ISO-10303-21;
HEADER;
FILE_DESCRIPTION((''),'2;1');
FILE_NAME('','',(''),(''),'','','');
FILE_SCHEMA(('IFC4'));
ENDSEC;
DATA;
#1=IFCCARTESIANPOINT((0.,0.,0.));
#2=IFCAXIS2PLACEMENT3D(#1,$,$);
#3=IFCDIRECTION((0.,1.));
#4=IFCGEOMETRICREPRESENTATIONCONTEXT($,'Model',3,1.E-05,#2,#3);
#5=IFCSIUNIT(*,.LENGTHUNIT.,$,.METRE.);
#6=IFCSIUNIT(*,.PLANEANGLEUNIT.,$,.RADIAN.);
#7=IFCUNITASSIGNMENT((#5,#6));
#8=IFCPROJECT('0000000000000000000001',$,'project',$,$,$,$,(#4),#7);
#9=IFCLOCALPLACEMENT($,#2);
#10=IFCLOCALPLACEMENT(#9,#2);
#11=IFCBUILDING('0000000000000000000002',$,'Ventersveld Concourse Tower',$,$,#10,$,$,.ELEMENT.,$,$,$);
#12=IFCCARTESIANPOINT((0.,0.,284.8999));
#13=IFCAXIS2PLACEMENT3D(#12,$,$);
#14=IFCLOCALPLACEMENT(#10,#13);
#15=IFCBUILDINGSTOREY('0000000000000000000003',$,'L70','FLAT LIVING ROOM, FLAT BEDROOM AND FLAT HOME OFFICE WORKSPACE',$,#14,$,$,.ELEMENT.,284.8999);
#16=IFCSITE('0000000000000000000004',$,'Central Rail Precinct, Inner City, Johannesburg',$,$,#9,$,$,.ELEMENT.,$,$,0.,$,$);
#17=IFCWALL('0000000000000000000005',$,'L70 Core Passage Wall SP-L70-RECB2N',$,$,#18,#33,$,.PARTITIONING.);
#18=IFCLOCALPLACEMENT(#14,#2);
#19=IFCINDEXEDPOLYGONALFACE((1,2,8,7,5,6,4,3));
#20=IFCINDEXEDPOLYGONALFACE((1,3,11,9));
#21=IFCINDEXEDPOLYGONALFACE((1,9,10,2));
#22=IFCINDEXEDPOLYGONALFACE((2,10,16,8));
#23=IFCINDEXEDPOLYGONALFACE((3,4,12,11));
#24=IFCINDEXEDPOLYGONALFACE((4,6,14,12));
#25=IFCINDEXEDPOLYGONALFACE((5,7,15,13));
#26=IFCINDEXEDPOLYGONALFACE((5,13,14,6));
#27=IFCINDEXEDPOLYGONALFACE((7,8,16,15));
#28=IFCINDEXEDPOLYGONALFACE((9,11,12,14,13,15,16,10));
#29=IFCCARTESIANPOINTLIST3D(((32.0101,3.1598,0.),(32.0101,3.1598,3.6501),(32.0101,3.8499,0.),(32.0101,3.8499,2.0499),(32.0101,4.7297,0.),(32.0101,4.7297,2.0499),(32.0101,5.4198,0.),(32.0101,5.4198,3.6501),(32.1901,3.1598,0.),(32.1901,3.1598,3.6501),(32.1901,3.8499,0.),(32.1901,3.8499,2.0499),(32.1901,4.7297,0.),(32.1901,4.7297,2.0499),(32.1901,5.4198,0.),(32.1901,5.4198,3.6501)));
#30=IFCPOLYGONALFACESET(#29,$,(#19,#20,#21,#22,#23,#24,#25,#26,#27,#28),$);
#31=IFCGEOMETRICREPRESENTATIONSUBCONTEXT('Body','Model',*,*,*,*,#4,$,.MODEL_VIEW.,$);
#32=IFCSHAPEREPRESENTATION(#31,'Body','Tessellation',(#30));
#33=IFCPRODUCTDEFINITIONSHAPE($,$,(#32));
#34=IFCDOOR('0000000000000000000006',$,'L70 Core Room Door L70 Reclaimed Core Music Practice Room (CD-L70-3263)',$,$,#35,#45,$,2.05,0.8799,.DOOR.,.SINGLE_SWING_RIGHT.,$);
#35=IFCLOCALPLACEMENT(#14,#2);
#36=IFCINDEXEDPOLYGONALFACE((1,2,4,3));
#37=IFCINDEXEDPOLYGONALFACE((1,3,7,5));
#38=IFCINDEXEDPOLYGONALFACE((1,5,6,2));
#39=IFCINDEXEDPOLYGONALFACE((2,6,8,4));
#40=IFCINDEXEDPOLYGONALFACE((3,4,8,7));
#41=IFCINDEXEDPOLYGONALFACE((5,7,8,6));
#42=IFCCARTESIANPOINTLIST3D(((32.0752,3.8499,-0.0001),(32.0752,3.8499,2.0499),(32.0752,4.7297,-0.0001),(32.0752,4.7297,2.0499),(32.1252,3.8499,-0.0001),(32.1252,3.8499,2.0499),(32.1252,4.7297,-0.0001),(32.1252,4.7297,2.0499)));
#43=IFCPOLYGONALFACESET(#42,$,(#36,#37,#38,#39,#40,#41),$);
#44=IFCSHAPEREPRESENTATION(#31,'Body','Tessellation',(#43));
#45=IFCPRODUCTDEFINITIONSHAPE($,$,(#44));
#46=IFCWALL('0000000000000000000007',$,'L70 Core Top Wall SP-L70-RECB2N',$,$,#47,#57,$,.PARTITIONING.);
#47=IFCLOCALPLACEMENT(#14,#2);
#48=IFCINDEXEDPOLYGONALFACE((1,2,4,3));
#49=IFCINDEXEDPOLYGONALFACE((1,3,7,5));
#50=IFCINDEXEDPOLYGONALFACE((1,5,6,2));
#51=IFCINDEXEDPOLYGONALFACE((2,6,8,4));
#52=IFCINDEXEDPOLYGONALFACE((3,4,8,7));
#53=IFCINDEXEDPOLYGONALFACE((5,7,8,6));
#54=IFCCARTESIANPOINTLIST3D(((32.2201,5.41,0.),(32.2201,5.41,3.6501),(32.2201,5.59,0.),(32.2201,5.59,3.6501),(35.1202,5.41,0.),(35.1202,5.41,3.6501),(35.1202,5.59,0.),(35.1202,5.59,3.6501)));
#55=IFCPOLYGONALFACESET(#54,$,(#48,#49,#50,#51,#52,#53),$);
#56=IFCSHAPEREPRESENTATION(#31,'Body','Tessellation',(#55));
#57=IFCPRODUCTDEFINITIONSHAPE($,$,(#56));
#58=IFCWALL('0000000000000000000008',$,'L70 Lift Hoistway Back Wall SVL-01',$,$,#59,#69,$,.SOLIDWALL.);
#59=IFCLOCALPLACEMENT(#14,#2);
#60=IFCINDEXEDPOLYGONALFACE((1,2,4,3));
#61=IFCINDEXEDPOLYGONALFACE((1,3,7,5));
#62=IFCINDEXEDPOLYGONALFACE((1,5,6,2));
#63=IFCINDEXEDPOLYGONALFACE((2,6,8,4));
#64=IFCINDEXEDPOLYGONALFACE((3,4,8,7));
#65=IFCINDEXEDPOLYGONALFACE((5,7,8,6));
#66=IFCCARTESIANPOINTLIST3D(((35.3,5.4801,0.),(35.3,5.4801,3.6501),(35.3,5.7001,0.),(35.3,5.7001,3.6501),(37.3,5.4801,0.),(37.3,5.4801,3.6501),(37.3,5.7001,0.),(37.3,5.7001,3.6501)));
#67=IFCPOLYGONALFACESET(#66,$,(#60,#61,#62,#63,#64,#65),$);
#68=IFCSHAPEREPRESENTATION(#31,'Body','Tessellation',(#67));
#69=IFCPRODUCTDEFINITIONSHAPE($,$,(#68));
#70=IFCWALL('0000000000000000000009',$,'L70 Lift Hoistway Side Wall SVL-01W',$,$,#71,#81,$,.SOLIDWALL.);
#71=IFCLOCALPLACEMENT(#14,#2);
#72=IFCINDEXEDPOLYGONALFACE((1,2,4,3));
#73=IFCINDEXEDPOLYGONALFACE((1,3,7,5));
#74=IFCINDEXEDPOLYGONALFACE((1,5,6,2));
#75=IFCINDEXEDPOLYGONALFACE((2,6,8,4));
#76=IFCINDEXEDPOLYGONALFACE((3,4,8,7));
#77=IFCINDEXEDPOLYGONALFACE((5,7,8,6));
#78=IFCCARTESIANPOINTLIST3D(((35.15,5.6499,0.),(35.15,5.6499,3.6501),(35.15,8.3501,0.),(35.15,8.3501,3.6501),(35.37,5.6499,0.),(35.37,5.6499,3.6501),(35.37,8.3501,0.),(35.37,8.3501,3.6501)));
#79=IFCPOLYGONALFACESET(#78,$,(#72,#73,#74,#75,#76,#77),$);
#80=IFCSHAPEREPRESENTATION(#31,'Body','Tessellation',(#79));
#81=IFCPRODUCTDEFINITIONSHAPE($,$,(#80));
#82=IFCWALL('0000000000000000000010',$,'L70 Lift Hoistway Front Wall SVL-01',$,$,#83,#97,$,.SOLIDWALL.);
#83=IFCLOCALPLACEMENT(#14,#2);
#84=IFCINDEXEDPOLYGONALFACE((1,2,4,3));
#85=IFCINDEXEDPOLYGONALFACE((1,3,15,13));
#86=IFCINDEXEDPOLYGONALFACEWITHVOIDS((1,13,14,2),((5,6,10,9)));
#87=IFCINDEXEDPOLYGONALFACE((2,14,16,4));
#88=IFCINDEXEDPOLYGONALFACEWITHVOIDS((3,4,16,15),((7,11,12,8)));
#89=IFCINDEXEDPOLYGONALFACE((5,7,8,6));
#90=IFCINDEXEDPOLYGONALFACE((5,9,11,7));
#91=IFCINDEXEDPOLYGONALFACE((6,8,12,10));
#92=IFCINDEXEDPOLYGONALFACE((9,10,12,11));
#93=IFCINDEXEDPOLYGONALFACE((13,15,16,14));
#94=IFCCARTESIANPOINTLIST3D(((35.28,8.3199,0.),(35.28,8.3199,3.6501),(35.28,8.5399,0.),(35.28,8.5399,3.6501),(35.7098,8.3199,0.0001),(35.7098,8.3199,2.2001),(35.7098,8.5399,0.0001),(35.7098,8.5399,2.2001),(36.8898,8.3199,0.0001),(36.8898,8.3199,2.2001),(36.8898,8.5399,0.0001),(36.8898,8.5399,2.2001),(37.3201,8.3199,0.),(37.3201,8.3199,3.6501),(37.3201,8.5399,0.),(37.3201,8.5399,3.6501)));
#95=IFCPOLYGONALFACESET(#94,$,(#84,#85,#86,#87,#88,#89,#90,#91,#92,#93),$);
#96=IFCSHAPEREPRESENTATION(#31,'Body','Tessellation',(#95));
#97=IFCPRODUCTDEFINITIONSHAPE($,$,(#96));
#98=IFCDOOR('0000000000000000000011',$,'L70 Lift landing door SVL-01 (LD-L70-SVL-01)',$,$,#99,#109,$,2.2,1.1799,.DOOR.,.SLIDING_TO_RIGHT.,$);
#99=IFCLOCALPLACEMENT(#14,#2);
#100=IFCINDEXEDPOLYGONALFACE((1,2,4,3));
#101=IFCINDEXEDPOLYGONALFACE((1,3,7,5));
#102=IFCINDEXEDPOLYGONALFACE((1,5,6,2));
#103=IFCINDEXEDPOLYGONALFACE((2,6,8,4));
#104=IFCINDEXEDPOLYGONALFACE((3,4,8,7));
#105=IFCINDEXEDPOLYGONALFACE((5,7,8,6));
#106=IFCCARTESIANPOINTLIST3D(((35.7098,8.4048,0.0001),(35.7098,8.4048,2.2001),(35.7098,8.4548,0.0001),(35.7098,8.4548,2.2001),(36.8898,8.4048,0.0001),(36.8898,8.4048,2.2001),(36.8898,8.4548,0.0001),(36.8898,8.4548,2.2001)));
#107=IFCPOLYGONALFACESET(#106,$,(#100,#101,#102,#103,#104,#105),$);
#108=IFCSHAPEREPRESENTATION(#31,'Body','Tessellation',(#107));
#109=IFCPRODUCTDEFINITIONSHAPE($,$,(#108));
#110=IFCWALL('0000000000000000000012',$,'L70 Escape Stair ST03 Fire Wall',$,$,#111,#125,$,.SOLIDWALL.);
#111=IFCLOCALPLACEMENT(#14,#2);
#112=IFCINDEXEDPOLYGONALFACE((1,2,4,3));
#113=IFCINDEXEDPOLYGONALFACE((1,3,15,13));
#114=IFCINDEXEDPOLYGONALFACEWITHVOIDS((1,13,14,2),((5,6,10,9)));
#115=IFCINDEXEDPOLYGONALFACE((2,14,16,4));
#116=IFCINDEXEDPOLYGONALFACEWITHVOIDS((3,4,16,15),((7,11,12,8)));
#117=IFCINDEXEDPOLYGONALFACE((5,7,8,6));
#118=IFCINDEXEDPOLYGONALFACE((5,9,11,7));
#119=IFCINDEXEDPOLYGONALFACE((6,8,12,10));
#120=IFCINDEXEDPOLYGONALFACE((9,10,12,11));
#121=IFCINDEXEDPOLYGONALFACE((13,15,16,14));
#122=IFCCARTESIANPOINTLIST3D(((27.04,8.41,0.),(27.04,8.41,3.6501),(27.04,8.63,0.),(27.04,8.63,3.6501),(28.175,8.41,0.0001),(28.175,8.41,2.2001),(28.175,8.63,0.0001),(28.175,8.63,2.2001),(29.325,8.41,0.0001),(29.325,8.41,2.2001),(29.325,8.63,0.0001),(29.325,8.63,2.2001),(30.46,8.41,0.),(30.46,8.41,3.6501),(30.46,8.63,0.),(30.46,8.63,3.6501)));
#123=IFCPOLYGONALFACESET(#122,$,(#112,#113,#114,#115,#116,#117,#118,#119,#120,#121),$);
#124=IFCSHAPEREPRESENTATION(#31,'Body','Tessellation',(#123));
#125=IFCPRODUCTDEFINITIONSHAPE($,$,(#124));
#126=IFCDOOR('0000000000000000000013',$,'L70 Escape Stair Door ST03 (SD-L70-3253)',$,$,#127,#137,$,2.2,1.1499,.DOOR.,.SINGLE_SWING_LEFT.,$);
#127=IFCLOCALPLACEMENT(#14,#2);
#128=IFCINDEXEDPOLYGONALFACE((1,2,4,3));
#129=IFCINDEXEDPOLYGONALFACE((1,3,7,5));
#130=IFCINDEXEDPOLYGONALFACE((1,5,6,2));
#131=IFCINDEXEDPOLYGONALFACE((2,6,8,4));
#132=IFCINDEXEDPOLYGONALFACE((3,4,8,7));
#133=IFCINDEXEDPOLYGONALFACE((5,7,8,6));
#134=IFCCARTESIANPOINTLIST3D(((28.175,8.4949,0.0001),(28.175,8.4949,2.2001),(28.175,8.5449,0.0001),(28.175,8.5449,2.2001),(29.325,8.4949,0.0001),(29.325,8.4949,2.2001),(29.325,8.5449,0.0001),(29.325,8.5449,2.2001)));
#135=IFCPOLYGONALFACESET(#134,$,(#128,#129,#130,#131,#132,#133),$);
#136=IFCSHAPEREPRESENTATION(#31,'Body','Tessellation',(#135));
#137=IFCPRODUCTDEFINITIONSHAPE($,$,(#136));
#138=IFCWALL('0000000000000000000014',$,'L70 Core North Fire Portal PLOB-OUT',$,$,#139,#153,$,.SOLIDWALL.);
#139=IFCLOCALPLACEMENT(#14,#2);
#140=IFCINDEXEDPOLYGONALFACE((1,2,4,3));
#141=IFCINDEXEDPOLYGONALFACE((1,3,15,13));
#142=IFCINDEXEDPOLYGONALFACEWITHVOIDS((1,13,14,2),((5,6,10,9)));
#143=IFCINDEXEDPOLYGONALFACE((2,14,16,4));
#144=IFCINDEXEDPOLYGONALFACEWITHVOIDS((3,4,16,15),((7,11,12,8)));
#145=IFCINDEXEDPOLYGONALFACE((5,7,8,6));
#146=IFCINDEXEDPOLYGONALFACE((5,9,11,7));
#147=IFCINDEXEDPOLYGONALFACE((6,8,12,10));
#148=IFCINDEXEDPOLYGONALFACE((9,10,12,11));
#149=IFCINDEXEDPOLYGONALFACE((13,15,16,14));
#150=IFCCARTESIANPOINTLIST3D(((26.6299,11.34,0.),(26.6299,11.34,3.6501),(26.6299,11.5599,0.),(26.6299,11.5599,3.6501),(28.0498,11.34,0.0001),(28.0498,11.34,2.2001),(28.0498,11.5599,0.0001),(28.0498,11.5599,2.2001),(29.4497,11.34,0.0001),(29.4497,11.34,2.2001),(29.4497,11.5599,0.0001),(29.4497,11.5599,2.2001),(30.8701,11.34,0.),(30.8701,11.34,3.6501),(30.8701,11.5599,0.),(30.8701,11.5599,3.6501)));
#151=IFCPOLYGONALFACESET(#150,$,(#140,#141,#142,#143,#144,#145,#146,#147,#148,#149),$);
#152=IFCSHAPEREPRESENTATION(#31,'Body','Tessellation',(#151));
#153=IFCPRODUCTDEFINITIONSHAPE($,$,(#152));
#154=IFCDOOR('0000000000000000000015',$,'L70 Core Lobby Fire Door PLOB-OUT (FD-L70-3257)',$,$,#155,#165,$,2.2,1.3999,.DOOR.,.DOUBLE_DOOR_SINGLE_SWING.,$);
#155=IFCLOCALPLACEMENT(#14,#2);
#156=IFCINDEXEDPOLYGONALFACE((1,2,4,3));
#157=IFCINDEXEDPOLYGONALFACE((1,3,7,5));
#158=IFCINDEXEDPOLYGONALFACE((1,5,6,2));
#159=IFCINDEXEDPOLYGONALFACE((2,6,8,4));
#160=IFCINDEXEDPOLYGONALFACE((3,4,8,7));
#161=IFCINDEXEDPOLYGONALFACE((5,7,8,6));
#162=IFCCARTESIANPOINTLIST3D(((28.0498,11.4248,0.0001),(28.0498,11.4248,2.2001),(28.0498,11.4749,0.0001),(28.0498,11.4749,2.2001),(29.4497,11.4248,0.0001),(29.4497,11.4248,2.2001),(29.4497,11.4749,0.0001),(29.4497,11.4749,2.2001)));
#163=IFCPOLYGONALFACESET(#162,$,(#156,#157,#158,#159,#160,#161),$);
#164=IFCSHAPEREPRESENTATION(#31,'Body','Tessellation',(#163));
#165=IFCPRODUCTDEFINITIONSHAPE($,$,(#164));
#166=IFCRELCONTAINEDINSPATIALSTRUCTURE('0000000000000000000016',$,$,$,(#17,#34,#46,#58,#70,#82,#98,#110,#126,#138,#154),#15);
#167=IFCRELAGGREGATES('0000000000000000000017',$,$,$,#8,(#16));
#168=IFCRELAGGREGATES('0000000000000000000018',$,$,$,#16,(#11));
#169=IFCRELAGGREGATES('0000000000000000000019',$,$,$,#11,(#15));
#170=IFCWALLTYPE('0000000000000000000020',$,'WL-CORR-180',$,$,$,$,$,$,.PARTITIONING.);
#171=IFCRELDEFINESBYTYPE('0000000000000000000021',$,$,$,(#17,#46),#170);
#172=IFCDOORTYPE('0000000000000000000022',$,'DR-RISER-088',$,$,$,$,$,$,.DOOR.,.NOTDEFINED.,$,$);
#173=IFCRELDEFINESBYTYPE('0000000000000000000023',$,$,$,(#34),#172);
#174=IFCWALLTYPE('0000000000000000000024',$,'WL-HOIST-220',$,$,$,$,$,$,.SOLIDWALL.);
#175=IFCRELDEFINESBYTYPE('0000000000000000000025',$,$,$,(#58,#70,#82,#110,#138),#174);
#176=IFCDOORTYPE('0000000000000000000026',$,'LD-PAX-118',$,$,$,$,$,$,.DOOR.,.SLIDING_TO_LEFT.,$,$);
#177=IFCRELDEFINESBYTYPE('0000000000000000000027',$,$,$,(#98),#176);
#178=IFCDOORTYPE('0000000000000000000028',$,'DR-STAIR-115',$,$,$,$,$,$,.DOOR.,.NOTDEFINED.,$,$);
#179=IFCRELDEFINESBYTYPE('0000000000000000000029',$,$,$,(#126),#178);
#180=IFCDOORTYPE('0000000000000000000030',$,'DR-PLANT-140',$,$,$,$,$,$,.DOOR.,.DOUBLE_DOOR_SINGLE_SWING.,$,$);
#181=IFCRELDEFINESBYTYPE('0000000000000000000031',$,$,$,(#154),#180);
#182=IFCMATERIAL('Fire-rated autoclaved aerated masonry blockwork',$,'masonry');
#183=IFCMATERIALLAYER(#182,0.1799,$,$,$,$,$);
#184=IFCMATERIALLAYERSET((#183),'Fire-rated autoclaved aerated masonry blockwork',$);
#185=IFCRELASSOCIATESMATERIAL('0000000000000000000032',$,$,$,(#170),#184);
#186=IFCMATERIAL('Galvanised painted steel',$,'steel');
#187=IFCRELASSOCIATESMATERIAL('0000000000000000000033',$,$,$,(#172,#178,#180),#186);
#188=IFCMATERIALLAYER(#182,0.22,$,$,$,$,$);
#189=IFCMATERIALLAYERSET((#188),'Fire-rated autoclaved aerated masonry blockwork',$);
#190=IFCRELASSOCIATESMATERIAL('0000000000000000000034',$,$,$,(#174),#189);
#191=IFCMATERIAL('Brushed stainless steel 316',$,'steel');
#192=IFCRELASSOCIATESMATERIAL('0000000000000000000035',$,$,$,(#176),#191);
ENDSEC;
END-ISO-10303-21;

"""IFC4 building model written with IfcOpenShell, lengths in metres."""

from ifc_helpers import new_model, si_unit, direction, frame, frame_2d, origin, place, context, subcontext, project, spatial, rectangle, extrude, material, layer, layer_set, type_object, element, fill, save


model = new_model("IFC4")

# Units and contexts
model_context = context("Model", 3, precision=1e-05, world=origin(), true_north=direction((0.0, 1.0)))
body_context = subcontext(model_context, "Body", "Model", "MODEL_VIEW")
ifc_project = project(units=[si_unit("LENGTHUNIT", "METRE"), si_unit("PLANEANGLEUNIT", "RADIAN")], contexts=[model_context])

# Site, building, storey
site_placement = place(None, origin())
site = spatial("IfcSite", under=ifc_project, at=site_placement, Name="Central Rail Precinct, Inner City, Johannesburg", CompositionType="ELEMENT", RefElevation=0.0)
building_placement = place(site_placement, origin())
building = spatial("IfcBuilding", under=site, at=building_placement, Name="Ventersveld Concourse Tower", CompositionType="ELEMENT")
storey_placement = place(building_placement, frame((0.0, 0.0, 284.8999)))
storey = spatial("IfcBuildingStorey", under=building, at=storey_placement, Name="L70", Description="FLAT LIVING ROOM, FLAT BEDROOM AND FLAT HOME OFFICE WORKSPACE", CompositionType="ELEMENT", Elevation=284.8999)

# Shared definitions
ifc_material_1 = material(Name="Fire-rated autoclaved aerated masonry blockwork", Category="masonry")
ifc_layer_1 = layer(ifc_material_1, 0.1799)
ifc_layer_set_1 = layer_set([ifc_layer_1], Name="Fire-rated autoclaved aerated masonry blockwork")
wall_type_1 = type_object("IfcWallType", Name="WL-CORR-180", PredefinedType="PARTITIONING", material=ifc_layer_set_1)
ifc_material_2 = material(Name="Galvanised painted steel", Category="steel")
door_type_1 = type_object("IfcDoorType", Name="DR-RISER-088", OperationType="NOTDEFINED", PredefinedType="DOOR", material=ifc_material_2)

# Wall, opening, door
wall_1_placement = place(storey_placement, frame((32.1001, 3.1599, 0.0), z_axis=(0.0, 0.0, 1.0), x_axis=(0.0, 1.0, 0.0)))
wall_1 = element("IfcWall", 1, at=wall_1_placement, inside=storey, type_object=wall_type_1, Name="L70 Core Passage Wall SP-L70-RECB2N", PredefinedType="PARTITIONING", context=body_context, shape_type="SweptSolid", body=[
    extrude(rectangle(XDim=2.26, YDim=0.1799, at=frame_2d((1.1299, 0.0))), origin(), (0.0, 0.0, 1.0), 3.6501),
])
opening_1_placement = place(wall_1_placement, frame((0.6899, 0.0, 0.0)))
opening_1 = element("IfcOpeningElement", 2, at=opening_1_placement, cuts=wall_1, PredefinedType="OPENING", context=body_context, shape_type="SweptSolid", body=[
    extrude(rectangle(XDim=0.8799, YDim=2.05, at=frame_2d((0.4399, 1.0249))), frame((0.0, 0.1001, 0.0), z_axis=(0.0, -1.0, 0.0), x_axis=(1.0, 0.0, 0.0)), (0.0, 0.0, 1.0), 0.2),
])
door_1_placement = place(opening_1_placement, origin())
door_1 = element("IfcDoor", 3, at=door_1_placement, inside=storey, type_object=door_type_1, Name="L70 Core Room Door L70 Reclaimed Core Music Practice Room (CD-L70-3263)", OperationType="SINGLE_SWING_RIGHT", OverallHeight=2.05, OverallWidth=0.8799, PredefinedType="DOOR", context=body_context, shape_type="SweptSolid", body=[
    extrude(rectangle(XDim=0.8799, YDim=2.05, at=frame_2d((0.4399, 1.0249))), frame((0.0, 0.0249, 0.0), z_axis=(0.0, -1.0, 0.0), x_axis=(1.0, 0.0, 0.0)), (0.0, 0.0, 1.0), 0.05),
])
fill(opening_1, door_1)

# Walls
wall_2_placement = place(storey_placement, frame((32.22, 5.5, 0.0), z_axis=(0.0, 0.0, 1.0), x_axis=(1.0, 0.0, 0.0)))
element("IfcWall", 4, at=wall_2_placement, inside=storey, type_object=wall_type_1, Name="L70 Core Top Wall SP-L70-RECB2N", PredefinedType="PARTITIONING", context=body_context, shape_type="SweptSolid", body=[
    extrude(rectangle(XDim=2.9001, YDim=0.1799, at=frame_2d((1.4502, 0.0))), origin(), (0.0, 0.0, 1.0), 3.6501),
])
ifc_layer_2 = layer(ifc_material_1, 0.22)
ifc_layer_set_2 = layer_set([ifc_layer_2], Name="Fire-rated autoclaved aerated masonry blockwork")
wall_type_2 = type_object("IfcWallType", Name="WL-HOIST-220", PredefinedType="SOLIDWALL", material=ifc_layer_set_2)
wall_3_placement = place(storey_placement, frame((35.3, 5.5901, 0.0), z_axis=(0.0, 0.0, 1.0), x_axis=(1.0, 0.0, 0.0)))
element("IfcWall", 5, at=wall_3_placement, inside=storey, type_object=wall_type_2, Name="L70 Lift Hoistway Back Wall SVL-01", PredefinedType="SOLIDWALL", context=body_context, shape_type="SweptSolid", body=[
    extrude(rectangle(XDim=2.0, YDim=0.22, at=frame_2d((1.0, 0.0))), origin(), (0.0, 0.0, 1.0), 3.6501),
])
wall_4_placement = place(storey_placement, frame((35.26, 5.6499, 0.0), z_axis=(0.0, 0.0, 1.0), x_axis=(0.0, 1.0, 0.0)))
element("IfcWall", 6, at=wall_4_placement, inside=storey, type_object=wall_type_2, Name="L70 Lift Hoistway Side Wall SVL-01W", PredefinedType="SOLIDWALL", context=body_context, shape_type="SweptSolid", body=[
    extrude(rectangle(XDim=2.7002, YDim=0.22, at=frame_2d((1.3501, 0.0))), origin(), (0.0, 0.0, 1.0), 3.6501),
])

# Walls, openings, doors
wall_5_placement = place(storey_placement, frame((35.28, 8.4299, 0.0), z_axis=(0.0, 0.0, 1.0), x_axis=(1.0, 0.0, 0.0)))
wall_5 = element("IfcWall", 7, at=wall_5_placement, inside=storey, type_object=wall_type_2, Name="L70 Lift Hoistway Front Wall SVL-01", PredefinedType="SOLIDWALL", context=body_context, shape_type="SweptSolid", body=[
    extrude(rectangle(XDim=2.04, YDim=0.22, at=frame_2d((1.02, 0.0))), origin(), (0.0, 0.0, 1.0), 3.6501),
])
opening_2_placement = place(wall_5_placement, frame((0.4299, 0.0, 0.0)))
opening_2 = element("IfcOpeningElement", 8, at=opening_2_placement, cuts=wall_5, PredefinedType="OPENING", context=body_context, shape_type="SweptSolid", body=[
    extrude(rectangle(XDim=1.1799, YDim=2.2, at=frame_2d((0.5898, 1.1001))), frame((0.0, 0.1201, 0.0), z_axis=(0.0, -1.0, 0.0), x_axis=(1.0, 0.0, 0.0)), (0.0, 0.0, 1.0), 0.24),
])
ifc_material_3 = material(Name="Brushed stainless steel 316", Category="steel")
door_type_2 = type_object("IfcDoorType", Name="LD-PAX-118", OperationType="SLIDING_TO_LEFT", PredefinedType="DOOR", material=ifc_material_3)
door_2_placement = place(opening_2_placement, origin())
door_2 = element("IfcDoor", 9, at=door_2_placement, inside=storey, type_object=door_type_2, Name="L70 Lift landing door SVL-01 (LD-L70-SVL-01)", OperationType="SLIDING_TO_RIGHT", OverallHeight=2.2, OverallWidth=1.1799, PredefinedType="DOOR", context=body_context, shape_type="SweptSolid", body=[
    extrude(rectangle(XDim=1.1799, YDim=2.2, at=frame_2d((0.5898, 1.1001))), frame((0.0, 0.0249, 0.0), z_axis=(0.0, -1.0, 0.0), x_axis=(1.0, 0.0, 0.0)), (0.0, 0.0, 1.0), 0.05),
])
fill(opening_2, door_2)
wall_6_placement = place(storey_placement, frame((27.04, 8.52, 0.0), z_axis=(0.0, 0.0, 1.0), x_axis=(1.0, 0.0, 0.0)))
wall_6 = element("IfcWall", 10, at=wall_6_placement, inside=storey, type_object=wall_type_2, Name="L70 Escape Stair ST03 Fire Wall", PredefinedType="SOLIDWALL", context=body_context, shape_type="SweptSolid", body=[
    extrude(rectangle(XDim=3.4199, YDim=0.22, at=frame_2d((1.71, 0.0))), origin(), (0.0, 0.0, 1.0), 3.6501),
])
opening_3_placement = place(wall_6_placement, frame((1.135, 0.0, 0.0)))
opening_3 = element("IfcOpeningElement", 11, at=opening_3_placement, cuts=wall_6, PredefinedType="OPENING", context=body_context, shape_type="SweptSolid", body=[
    extrude(rectangle(XDim=1.1499, YDim=2.2, at=frame_2d((0.575, 1.1001))), frame((0.0, 0.1201, 0.0), z_axis=(0.0, -1.0, 0.0), x_axis=(1.0, 0.0, 0.0)), (0.0, 0.0, 1.0), 0.24),
])
door_type_3 = type_object("IfcDoorType", Name="DR-STAIR-115", OperationType="NOTDEFINED", PredefinedType="DOOR", material=ifc_material_2)
door_3_placement = place(opening_3_placement, origin())
door_3 = element("IfcDoor", 12, at=door_3_placement, inside=storey, type_object=door_type_3, Name="L70 Escape Stair Door ST03 (SD-L70-3253)", OperationType="SINGLE_SWING_LEFT", OverallHeight=2.2, OverallWidth=1.1499, PredefinedType="DOOR", context=body_context, shape_type="SweptSolid", body=[
    extrude(rectangle(XDim=1.1499, YDim=2.2, at=frame_2d((0.575, 1.1001))), frame((0.0, 0.0249, 0.0), z_axis=(0.0, -1.0, 0.0), x_axis=(1.0, 0.0, 0.0)), (0.0, 0.0, 1.0), 0.05),
])
fill(opening_3, door_3)
wall_7_placement = place(storey_placement, frame((26.6299, 11.45, 0.0), z_axis=(0.0, 0.0, 1.0), x_axis=(1.0, 0.0, 0.0)))
wall_7 = element("IfcWall", 13, at=wall_7_placement, inside=storey, type_object=wall_type_2, Name="L70 Core North Fire Portal PLOB-OUT", PredefinedType="SOLIDWALL", context=body_context, shape_type="SweptSolid", body=[
    extrude(rectangle(XDim=4.2402, YDim=0.22, at=frame_2d((2.1201, 0.0))), origin(), (0.0, 0.0, 1.0), 3.6501),
])
opening_4_placement = place(wall_7_placement, frame((1.4199, 0.0, 0.0)))
opening_4 = element("IfcOpeningElement", 14, at=opening_4_placement, cuts=wall_7, PredefinedType="OPENING", context=body_context, shape_type="SweptSolid", body=[
    extrude(rectangle(XDim=1.3999, YDim=2.2, at=frame_2d((0.7, 1.1001))), frame((0.0, 0.1201, 0.0), z_axis=(0.0, -1.0, 0.0), x_axis=(1.0, 0.0, 0.0)), (0.0, 0.0, 1.0), 0.24),
])
door_type_4 = type_object("IfcDoorType", Name="DR-PLANT-140", OperationType="DOUBLE_DOOR_SINGLE_SWING", PredefinedType="DOOR", material=ifc_material_2)
door_4_placement = place(opening_4_placement, origin())
door_4 = element("IfcDoor", 15, at=door_4_placement, inside=storey, type_object=door_type_4, Name="L70 Core Lobby Fire Door PLOB-OUT (FD-L70-3257)", OperationType="DOUBLE_DOOR_SINGLE_SWING", OverallHeight=2.2, OverallWidth=1.3999, PredefinedType="DOOR", context=body_context, shape_type="SweptSolid", body=[
    extrude(rectangle(XDim=1.3999, YDim=2.2, at=frame_2d((0.7, 1.1001))), frame((0.0, 0.0249, 0.0), z_axis=(0.0, -1.0, 0.0), x_axis=(1.0, 0.0, 0.0)), (0.0, 0.0, 1.0), 0.05),
])
fill(opening_4, door_4)

save(model, "model.ifc")
